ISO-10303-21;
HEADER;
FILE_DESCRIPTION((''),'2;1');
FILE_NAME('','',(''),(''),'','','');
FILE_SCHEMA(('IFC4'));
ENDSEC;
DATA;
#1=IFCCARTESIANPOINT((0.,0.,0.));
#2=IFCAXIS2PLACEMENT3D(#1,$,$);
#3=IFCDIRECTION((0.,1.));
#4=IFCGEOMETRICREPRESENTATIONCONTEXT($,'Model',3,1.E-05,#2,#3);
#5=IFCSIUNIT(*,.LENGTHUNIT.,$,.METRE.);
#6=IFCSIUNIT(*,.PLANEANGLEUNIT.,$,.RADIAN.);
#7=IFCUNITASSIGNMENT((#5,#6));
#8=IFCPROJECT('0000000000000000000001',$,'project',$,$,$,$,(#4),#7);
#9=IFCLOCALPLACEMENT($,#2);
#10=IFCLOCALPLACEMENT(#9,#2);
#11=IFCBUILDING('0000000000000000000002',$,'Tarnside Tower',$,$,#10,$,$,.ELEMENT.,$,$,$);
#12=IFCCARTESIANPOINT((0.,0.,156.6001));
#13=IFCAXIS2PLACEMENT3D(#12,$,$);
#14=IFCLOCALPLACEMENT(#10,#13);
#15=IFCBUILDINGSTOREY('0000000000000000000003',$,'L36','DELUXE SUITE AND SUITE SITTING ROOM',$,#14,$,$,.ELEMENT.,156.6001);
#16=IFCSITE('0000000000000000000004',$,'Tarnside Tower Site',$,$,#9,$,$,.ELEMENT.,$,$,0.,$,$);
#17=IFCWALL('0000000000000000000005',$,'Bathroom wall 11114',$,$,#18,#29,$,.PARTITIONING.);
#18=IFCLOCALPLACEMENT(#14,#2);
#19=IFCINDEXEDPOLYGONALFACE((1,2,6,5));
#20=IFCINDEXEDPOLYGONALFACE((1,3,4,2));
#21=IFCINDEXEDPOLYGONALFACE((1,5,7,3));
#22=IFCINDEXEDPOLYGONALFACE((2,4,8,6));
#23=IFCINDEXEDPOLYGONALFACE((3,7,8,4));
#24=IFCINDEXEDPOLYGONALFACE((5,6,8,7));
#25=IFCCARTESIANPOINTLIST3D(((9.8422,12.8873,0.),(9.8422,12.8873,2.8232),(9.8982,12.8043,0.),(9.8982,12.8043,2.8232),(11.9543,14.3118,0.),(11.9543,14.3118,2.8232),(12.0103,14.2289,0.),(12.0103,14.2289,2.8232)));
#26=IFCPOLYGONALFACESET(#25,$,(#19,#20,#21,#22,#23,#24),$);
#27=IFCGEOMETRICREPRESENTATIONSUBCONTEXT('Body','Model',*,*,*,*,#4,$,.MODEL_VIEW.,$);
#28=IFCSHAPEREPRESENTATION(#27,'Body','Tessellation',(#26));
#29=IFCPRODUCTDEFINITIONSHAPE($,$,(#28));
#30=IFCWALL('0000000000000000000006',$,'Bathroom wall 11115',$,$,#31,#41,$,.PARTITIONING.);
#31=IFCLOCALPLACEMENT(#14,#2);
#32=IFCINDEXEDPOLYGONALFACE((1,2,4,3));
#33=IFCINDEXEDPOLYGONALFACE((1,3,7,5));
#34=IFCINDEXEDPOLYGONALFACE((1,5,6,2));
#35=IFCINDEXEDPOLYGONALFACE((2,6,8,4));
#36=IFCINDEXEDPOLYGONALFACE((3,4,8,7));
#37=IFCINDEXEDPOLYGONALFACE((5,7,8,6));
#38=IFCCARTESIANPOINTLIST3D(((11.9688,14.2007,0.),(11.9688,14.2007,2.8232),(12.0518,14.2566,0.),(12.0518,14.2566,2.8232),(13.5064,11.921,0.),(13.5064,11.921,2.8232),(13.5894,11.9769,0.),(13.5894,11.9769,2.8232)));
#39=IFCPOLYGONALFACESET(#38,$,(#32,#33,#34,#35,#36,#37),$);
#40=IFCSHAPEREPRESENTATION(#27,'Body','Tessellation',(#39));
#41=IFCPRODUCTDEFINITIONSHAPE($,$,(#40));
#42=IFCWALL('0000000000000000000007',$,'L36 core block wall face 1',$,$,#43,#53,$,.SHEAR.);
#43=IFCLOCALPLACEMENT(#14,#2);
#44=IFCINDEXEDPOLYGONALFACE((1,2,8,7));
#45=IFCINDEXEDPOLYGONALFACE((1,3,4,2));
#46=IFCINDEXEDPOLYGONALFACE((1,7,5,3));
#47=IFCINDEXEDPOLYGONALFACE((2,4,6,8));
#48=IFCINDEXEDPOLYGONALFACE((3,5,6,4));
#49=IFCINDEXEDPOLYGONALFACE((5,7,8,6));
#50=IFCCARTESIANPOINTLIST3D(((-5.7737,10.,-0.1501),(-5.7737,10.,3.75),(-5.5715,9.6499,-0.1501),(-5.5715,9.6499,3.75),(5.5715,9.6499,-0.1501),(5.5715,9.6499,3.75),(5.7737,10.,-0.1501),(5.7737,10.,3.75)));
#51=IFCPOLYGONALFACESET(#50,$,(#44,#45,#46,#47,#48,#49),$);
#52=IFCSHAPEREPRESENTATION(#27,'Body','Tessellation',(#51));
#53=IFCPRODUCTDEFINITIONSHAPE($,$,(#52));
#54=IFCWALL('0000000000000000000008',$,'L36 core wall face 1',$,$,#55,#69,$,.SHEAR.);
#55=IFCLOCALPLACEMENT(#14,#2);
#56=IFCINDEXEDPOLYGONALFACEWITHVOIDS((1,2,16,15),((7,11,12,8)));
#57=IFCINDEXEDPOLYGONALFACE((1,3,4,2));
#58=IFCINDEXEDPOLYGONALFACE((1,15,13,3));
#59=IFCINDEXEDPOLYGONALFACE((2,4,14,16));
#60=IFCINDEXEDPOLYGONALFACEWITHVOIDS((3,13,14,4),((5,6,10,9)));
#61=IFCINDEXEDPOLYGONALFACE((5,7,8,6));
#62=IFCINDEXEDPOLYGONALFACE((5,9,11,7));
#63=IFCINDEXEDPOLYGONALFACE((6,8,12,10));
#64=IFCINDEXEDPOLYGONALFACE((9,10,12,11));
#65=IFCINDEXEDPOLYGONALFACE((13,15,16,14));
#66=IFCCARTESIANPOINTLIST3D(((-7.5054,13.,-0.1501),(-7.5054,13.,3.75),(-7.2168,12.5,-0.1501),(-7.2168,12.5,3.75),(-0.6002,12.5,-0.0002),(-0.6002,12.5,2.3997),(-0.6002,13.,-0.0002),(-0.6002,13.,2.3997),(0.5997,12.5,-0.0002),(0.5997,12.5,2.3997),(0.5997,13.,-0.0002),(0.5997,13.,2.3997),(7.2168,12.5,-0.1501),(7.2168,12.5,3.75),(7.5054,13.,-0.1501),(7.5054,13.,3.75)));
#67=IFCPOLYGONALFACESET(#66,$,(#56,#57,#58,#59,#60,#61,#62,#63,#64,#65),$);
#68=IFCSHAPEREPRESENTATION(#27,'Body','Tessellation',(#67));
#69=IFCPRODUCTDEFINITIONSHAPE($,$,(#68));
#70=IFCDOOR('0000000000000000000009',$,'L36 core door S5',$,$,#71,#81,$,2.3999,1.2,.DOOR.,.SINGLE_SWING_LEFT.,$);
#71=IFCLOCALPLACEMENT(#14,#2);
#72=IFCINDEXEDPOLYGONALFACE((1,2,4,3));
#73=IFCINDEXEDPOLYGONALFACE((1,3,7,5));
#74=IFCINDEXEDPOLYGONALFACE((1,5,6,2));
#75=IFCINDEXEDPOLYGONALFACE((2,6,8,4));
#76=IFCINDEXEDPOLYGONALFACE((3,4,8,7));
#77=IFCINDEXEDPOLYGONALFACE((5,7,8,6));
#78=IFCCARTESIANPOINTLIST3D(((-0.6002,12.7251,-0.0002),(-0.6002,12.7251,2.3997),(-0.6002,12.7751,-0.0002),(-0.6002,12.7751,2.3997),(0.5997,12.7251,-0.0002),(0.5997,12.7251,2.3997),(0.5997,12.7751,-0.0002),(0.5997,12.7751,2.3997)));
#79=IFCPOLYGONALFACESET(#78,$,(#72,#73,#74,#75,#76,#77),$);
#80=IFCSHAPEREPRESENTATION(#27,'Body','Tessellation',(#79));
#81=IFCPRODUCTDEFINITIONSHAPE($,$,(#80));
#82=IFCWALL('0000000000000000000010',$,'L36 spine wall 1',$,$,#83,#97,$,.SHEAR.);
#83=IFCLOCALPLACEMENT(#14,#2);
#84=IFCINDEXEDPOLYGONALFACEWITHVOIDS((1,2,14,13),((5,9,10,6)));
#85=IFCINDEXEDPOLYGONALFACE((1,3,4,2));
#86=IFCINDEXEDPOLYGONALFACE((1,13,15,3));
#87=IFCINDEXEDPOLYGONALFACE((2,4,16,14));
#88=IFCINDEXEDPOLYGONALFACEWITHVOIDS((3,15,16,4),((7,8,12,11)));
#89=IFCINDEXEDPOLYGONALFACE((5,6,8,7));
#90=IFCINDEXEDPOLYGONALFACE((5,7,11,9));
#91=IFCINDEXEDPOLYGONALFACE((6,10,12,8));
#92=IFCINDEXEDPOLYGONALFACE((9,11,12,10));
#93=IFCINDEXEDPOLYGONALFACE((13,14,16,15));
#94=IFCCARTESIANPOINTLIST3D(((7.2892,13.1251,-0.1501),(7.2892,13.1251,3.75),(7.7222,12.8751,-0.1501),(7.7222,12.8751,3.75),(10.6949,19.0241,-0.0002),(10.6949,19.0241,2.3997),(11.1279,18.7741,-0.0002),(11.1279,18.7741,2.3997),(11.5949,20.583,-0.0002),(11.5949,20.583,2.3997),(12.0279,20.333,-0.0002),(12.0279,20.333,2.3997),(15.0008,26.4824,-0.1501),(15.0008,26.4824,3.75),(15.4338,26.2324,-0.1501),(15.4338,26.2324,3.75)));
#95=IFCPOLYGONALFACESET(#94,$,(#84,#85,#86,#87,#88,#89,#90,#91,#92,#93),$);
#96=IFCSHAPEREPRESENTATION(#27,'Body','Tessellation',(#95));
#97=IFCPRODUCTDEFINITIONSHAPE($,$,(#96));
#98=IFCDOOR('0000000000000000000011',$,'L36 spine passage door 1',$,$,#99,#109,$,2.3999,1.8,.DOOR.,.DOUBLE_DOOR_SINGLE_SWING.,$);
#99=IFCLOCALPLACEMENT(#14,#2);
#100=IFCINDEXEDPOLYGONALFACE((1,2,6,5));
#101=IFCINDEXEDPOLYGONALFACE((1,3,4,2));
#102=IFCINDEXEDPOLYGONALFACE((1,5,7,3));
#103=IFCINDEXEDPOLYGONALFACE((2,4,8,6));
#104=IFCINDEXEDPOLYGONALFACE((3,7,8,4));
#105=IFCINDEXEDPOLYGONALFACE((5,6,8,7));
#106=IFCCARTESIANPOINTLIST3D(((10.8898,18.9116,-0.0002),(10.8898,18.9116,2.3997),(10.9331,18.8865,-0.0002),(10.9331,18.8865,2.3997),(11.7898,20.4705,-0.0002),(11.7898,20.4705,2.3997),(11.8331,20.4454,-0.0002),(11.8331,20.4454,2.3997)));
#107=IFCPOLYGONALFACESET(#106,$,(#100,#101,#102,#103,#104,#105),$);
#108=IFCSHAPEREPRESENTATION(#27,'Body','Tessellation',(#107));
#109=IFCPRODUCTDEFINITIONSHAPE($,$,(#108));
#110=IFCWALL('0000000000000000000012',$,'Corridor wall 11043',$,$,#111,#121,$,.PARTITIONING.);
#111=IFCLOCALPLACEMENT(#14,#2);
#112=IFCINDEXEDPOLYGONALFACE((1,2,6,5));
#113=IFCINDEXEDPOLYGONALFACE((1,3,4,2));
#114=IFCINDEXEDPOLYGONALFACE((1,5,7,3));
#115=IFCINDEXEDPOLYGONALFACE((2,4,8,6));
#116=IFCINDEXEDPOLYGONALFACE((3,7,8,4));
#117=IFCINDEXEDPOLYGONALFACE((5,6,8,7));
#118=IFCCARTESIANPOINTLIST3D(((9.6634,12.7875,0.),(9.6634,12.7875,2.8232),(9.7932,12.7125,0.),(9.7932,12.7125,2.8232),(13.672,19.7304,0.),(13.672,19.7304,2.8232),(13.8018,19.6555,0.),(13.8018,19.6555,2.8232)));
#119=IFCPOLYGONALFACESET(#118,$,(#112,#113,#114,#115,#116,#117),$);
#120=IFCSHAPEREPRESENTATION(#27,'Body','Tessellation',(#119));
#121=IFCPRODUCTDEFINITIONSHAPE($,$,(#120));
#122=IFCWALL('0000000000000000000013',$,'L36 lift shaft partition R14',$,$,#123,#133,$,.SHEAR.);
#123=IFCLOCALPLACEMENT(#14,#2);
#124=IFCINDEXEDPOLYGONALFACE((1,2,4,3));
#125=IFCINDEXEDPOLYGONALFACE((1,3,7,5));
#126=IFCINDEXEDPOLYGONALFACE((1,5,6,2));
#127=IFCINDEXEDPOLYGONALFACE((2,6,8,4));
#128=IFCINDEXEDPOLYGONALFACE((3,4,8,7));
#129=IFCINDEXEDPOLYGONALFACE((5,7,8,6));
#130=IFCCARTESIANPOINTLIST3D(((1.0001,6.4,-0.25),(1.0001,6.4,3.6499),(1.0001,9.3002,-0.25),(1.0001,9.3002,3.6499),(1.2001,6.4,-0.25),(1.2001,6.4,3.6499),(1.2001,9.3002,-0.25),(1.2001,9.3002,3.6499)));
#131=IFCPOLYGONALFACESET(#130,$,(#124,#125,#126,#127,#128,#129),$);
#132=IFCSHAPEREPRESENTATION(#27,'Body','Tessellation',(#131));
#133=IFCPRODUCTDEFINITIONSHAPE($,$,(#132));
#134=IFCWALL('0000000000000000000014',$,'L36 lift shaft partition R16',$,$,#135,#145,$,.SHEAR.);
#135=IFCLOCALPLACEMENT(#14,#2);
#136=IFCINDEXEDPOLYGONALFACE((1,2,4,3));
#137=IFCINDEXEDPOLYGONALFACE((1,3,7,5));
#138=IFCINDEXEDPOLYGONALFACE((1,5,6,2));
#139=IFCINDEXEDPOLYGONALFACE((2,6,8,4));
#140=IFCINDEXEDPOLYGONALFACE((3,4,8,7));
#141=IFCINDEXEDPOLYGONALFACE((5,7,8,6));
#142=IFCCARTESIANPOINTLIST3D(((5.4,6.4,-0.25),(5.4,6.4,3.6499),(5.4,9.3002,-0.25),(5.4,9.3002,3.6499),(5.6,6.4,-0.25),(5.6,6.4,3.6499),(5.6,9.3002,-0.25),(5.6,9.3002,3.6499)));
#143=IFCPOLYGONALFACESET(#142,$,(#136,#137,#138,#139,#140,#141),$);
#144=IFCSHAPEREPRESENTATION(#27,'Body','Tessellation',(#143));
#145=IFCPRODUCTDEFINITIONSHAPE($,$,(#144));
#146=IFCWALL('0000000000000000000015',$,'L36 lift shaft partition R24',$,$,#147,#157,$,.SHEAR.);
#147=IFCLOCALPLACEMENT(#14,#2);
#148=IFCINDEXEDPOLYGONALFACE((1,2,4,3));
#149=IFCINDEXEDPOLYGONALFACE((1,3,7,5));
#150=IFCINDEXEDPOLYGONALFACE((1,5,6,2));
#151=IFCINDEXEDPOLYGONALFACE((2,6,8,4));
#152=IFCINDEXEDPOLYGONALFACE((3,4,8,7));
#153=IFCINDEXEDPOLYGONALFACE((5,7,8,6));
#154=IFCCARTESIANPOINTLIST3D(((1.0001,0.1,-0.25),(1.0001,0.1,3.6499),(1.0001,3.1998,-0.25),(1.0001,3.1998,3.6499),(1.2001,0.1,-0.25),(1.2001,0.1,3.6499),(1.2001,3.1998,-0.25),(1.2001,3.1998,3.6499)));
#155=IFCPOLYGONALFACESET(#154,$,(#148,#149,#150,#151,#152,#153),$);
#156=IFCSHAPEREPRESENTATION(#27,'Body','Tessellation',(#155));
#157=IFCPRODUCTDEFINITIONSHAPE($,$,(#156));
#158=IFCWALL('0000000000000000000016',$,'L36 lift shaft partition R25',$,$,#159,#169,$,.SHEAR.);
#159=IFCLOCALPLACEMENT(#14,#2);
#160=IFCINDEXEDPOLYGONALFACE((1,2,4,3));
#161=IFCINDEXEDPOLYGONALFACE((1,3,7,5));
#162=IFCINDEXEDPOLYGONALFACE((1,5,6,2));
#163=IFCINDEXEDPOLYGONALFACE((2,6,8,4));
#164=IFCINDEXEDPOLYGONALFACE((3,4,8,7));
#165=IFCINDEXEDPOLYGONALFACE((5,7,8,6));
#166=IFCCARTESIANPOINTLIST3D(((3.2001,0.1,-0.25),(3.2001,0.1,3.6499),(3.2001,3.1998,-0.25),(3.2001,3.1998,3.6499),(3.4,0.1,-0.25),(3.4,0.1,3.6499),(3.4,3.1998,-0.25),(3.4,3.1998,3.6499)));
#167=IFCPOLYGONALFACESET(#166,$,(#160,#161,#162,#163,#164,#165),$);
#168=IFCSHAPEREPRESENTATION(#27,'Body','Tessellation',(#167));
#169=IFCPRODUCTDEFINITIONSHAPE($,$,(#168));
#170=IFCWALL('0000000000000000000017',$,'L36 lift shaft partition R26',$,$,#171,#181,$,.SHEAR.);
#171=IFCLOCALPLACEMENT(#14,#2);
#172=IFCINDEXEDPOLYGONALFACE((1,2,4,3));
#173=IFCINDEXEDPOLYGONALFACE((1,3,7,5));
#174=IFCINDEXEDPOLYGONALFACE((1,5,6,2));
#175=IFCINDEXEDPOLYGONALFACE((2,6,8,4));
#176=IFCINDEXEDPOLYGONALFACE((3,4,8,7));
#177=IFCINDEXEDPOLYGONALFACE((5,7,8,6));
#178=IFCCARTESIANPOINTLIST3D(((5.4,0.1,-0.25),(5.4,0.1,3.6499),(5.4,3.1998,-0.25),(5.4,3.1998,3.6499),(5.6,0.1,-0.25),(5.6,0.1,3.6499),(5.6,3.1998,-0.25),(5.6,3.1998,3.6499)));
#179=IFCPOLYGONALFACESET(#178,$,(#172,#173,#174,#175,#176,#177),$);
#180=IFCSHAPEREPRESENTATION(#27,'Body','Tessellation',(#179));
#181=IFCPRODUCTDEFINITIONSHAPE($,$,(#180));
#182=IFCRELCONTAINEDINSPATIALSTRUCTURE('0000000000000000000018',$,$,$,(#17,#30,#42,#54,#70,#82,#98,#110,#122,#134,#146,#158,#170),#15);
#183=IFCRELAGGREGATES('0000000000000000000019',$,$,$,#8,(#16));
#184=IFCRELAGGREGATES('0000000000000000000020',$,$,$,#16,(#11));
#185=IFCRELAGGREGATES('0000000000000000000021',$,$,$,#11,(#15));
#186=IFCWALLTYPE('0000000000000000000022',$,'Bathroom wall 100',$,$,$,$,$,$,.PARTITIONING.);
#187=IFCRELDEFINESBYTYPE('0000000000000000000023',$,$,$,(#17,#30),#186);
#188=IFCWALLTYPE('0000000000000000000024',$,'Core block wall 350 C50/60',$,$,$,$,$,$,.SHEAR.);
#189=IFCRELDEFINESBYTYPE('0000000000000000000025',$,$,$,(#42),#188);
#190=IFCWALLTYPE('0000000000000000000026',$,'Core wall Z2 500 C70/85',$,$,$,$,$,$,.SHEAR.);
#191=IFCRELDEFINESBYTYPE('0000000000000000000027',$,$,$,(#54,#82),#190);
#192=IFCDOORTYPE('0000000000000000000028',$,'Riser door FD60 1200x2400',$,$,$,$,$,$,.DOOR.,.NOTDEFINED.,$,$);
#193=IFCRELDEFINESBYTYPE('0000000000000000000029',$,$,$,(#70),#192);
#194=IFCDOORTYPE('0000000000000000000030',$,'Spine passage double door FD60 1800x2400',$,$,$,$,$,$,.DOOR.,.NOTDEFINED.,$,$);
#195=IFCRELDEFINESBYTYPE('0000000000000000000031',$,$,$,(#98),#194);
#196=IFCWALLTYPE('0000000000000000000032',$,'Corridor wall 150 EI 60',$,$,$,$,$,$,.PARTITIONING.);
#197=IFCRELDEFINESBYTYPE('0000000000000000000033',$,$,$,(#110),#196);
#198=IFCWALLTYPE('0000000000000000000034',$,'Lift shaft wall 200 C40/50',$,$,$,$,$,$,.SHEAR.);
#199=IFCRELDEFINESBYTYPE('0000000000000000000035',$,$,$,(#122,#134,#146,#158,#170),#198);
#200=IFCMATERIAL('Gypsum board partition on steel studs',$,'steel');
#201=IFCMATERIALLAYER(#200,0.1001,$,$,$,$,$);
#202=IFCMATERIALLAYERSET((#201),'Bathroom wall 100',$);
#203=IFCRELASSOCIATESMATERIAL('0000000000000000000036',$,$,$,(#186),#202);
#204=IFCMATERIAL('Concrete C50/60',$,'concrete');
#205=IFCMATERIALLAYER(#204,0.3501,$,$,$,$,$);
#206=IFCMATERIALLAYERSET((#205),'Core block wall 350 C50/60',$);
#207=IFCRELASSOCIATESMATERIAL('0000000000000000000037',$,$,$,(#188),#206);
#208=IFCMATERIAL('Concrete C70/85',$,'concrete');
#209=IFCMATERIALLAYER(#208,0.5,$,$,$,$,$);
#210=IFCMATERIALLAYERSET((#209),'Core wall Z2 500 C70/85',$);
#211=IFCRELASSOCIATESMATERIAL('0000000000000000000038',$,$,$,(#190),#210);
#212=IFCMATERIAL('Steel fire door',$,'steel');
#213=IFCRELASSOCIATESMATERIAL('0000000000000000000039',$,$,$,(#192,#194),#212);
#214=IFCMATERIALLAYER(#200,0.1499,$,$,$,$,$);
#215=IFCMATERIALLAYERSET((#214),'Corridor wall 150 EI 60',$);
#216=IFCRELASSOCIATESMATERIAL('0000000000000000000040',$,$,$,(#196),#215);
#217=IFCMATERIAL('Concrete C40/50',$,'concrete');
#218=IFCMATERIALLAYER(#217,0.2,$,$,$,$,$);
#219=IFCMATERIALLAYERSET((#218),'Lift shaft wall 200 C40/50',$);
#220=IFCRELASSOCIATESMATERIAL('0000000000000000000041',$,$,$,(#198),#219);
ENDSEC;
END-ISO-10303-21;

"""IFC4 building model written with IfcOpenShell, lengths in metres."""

from ifc_helpers import new_model, si_unit, direction, frame, frame_2d, origin, place, context, subcontext, project, spatial, polyline, rectangle, outline, extrude, material, layer, layer_set, type_object, element, fill, save


model = new_model("IFC4")

# Units and contexts
model_context = context("Model", 3, precision=1e-05, world=origin(), true_north=direction((0.0, 1.0)))
body_context = subcontext(model_context, "Body", "Model", "MODEL_VIEW")
ifc_project = project(units=[si_unit("LENGTHUNIT", "METRE"), si_unit("PLANEANGLEUNIT", "RADIAN")], contexts=[model_context])

# Site, building, storey
site_placement = place(None, origin())
site = spatial("IfcSite", under=ifc_project, at=site_placement, Name="Tarnside Tower Site", CompositionType="ELEMENT", RefElevation=0.0)
building_placement = place(site_placement, origin())
building = spatial("IfcBuilding", under=site, at=building_placement, Name="Tarnside Tower", CompositionType="ELEMENT")
storey_placement = place(building_placement, frame((0.0, 0.0, 156.6001)))
storey = spatial("IfcBuildingStorey", under=building, at=storey_placement, Name="L36", Description="DELUXE SUITE AND SUITE SITTING ROOM", CompositionType="ELEMENT", Elevation=156.6001)

# Walls
ifc_material_1 = material(Name="Gypsum board partition on steel studs", Category="steel")
ifc_layer_1 = layer(ifc_material_1, 0.1001)
ifc_layer_set_1 = layer_set([ifc_layer_1], Name="Bathroom wall 100")
wall_type_1 = type_object("IfcWallType", Name="Bathroom wall 100", PredefinedType="PARTITIONING", material=ifc_layer_set_1)
wall_1_placement = place(storey_placement, frame((9.8701, 12.8457, 0.0), z_axis=(0.0, 0.0, 1.0), x_axis=(0.829045, 0.559181, 0.0)))
element("IfcWall", 1, at=wall_1_placement, inside=storey, type_object=wall_type_1, Name="Bathroom wall 11114", PredefinedType="PARTITIONING", context=body_context, shape_type="SweptSolid", body=[
    extrude(rectangle(XDim=2.5476, YDim=0.1001, at=frame_2d((1.2739, 0.0))), origin(), (0.0, 0.0, 1.0), 2.8232),
])
wall_2_placement = place(storey_placement, frame((12.0103, 14.2288, 0.0), z_axis=(0.0, 0.0, 1.0), x_axis=(0.559159, -0.829061, 0.0)))
element("IfcWall", 2, at=wall_2_placement, inside=storey, type_object=wall_type_1, Name="Bathroom wall 11115", PredefinedType="PARTITIONING", context=body_context, shape_type="SweptSolid", body=[
    extrude(rectangle(XDim=2.7498, YDim=0.1001, at=frame_2d((1.375, 0.0))), origin(), (0.0, 0.0, 1.0), 2.8232),
])
ifc_material_2 = material(Name="Concrete C50/60", Category="concrete")
ifc_layer_2 = layer(ifc_material_2, 0.3501)
ifc_layer_set_2 = layer_set([ifc_layer_2], Name="Core block wall 350 C50/60")
wall_type_2 = type_object("IfcWallType", Name="Core block wall 350 C50/60", PredefinedType="SHEAR", material=ifc_layer_set_2)
wall_3_placement = place(storey_placement, frame((5.6726, 9.825, -0.1501), z_axis=(0.0, 0.0, 1.0), x_axis=(-1.0, 0.0, 0.0)))
element("IfcWall", 3, at=wall_3_placement, inside=storey, type_object=wall_type_2, Name="L36 core block wall face 1", PredefinedType="SHEAR", context=body_context, shape_type="SweptSolid", body=[
    extrude(outline(polyline([(-0.1011, -0.175), (11.4463, -0.175), (11.2441, 0.175), (0.1011, 0.175), (-0.1011, -0.175)])), origin(), (0.0, 0.0, 1.0), 3.9001),
])

# Walls, openings, doors
ifc_material_3 = material(Name="Concrete C70/85", Category="concrete")
ifc_layer_3 = layer(ifc_material_3, 0.5)
ifc_layer_set_3 = layer_set([ifc_layer_3], Name="Core wall Z2 500 C70/85")
wall_type_3 = type_object("IfcWallType", Name="Core wall Z2 500 C70/85", PredefinedType="SHEAR", material=ifc_layer_set_3)
wall_4_placement = place(storey_placement, frame((7.3611, 12.75, -0.1501), z_axis=(0.0, 0.0, 1.0), x_axis=(-1.0, 0.0, 0.0)))
wall_4 = element("IfcWall", 4, at=wall_4_placement, inside=storey, type_object=wall_type_3, Name="L36 core wall face 1", PredefinedType="SHEAR", context=body_context, shape_type="SweptSolid", body=[
    extrude(outline(polyline([(-0.1443, -0.25), (14.8665, -0.25), (14.5779, 0.25), (0.1443, 0.25), (-0.1443, -0.25)])), origin(), (0.0, 0.0, 1.0), 3.9001),
])
opening_1_placement = place(wall_4_placement, frame((6.7612, 0.0, 0.1499)))
opening_1 = element("IfcOpeningElement", 5, at=opening_1_placement, cuts=wall_4, PredefinedType="OPENING", context=body_context, shape_type="SweptSolid", body=[
    extrude(rectangle(XDim=1.2, YDim=2.3999, at=frame_2d((0.6001, 1.2))), frame((0.0, 0.26, 0.0), z_axis=(0.0, -1.0, 0.0), x_axis=(1.0, 0.0, 0.0)), (0.0, 0.0, 1.0), 0.52),
])
ifc_material_4 = material(Name="Steel fire door", Category="steel")
door_type_1 = type_object("IfcDoorType", Name="Riser door FD60 1200x2400", OperationType="NOTDEFINED", PredefinedType="DOOR", material=ifc_material_4)
door_1_placement = place(opening_1_placement, origin())
door_1 = element("IfcDoor", 6, at=door_1_placement, inside=storey, type_object=door_type_1, Name="L36 core door S5", OperationType="SINGLE_SWING_LEFT", OverallHeight=2.3999, OverallWidth=1.2, PredefinedType="DOOR", context=body_context, shape_type="SweptSolid", body=[
    extrude(rectangle(XDim=1.2, YDim=2.3999, at=frame_2d((0.6001, 1.2))), frame((0.0, 0.0249, 0.0), z_axis=(0.0, -1.0, 0.0), x_axis=(1.0, 0.0, 0.0)), (0.0, 0.0, 1.0), 0.05),
])
fill(opening_1, door_1)
wall_5_placement = place(storey_placement, frame((7.5056, 13.0, -0.1501), z_axis=(0.0, 0.0, 1.0), x_axis=(0.499988, 0.866032, 0.0)))
wall_5 = element("IfcWall", 7, at=wall_5_placement, inside=storey, type_object=wall_type_3, Name="L36 spine wall 1", PredefinedType="SHEAR", context=body_context, shape_type="SweptSolid", body=[
    extrude(rectangle(XDim=15.4236, YDim=0.5, at=frame_2d((7.7119, 0.0))), origin(), (0.0, 0.0, 1.0), 3.9001),
])
opening_2_placement = place(wall_5_placement, frame((6.8118, 0.0, 0.1499)))
opening_2 = element("IfcOpeningElement", 8, at=opening_2_placement, cuts=wall_5, PredefinedType="OPENING", context=body_context, shape_type="SweptSolid", body=[
    extrude(rectangle(XDim=1.8, YDim=2.3999, at=frame_2d((0.8999, 1.2))), frame((0.0, 0.26, 0.0), z_axis=(0.0, -1.0, 0.0), x_axis=(1.0, 0.0, 0.0)), (0.0, 0.0, 1.0), 0.52),
])
door_type_2 = type_object("IfcDoorType", Name="Spine passage double door FD60 1800x2400", OperationType="NOTDEFINED", PredefinedType="DOOR", material=ifc_material_4)
door_2_placement = place(opening_2_placement, origin())
door_2 = element("IfcDoor", 9, at=door_2_placement, inside=storey, type_object=door_type_2, Name="L36 spine passage door 1", OperationType="DOUBLE_DOOR_SINGLE_SWING", OverallHeight=2.3999, OverallWidth=1.8, PredefinedType="DOOR", context=body_context, shape_type="SweptSolid", body=[
    extrude(rectangle(XDim=1.8, YDim=2.3999, at=frame_2d((0.8999, 1.2))), frame((0.0, 0.0249, 0.0), z_axis=(0.0, -1.0, 0.0), x_axis=(1.0, 0.0, 0.0)), (0.0, 0.0, 1.0), 0.05),
])
fill(opening_2, door_2)

# Walls
ifc_layer_4 = layer(ifc_material_1, 0.1499)
ifc_layer_set_4 = layer_set([ifc_layer_4], Name="Corridor wall 150 EI 60")
wall_type_4 = type_object("IfcWallType", Name="Corridor wall 150 EI 60", PredefinedType="PARTITIONING", material=ifc_layer_set_4)
wall_6_placement = place(storey_placement, frame((9.7283, 12.75, 0.0), z_axis=(0.0, 0.0, 1.0), x_axis=(0.500007, 0.866021, 0.0)))
element("IfcWall", 10, at=wall_6_placement, inside=storey, type_object=wall_type_4, Name="Corridor wall 11043", PredefinedType="PARTITIONING", context=body_context, shape_type="SweptSolid", body=[
    extrude(rectangle(XDim=8.0171, YDim=0.1499, at=frame_2d((4.0085, 0.0))), origin(), (0.0, 0.0, 1.0), 2.8232),
])
ifc_material_5 = material(Name="Concrete C40/50", Category="concrete")
ifc_layer_5 = layer(ifc_material_5, 0.2)
ifc_layer_set_5 = layer_set([ifc_layer_5], Name="Lift shaft wall 200 C40/50")
wall_type_5 = type_object("IfcWallType", Name="Lift shaft wall 200 C40/50", PredefinedType="SHEAR", material=ifc_layer_set_5)
for number, where, z_axis, x_axis, name in (
    (11, (1.1001, 6.3999, -0.25), (0.0, 0.0, 1.0), (0.0, 1.0, 0.0), "L36 lift shaft partition R14"),
    (12, (5.5, 6.3999, -0.25), (0.0, 0.0, 1.0), (0.0, 1.0, 0.0), "L36 lift shaft partition R16"),
):
    element("IfcWall", number, at=place(storey_placement, frame(where, z_axis=z_axis, x_axis=x_axis)), inside=storey, type_object=wall_type_5, Name=name, PredefinedType="SHEAR", context=body_context, shape_type="SweptSolid", body=[
        extrude(rectangle(XDim=2.9001, YDim=0.2, at=frame_2d((1.4502, 0.0))), origin(), (0.0, 0.0, 1.0), 3.8999),
    ])
for number, where, z_axis, x_axis, name in (
    (13, (1.1001, 0.1001, -0.25), (0.0, 0.0, 1.0), (0.0, 1.0, 0.0), "L36 lift shaft partition R24"),
    (14, (3.3, 0.1001, -0.25), (0.0, 0.0, 1.0), (0.0, 1.0, 0.0), "L36 lift shaft partition R25"),
    (15, (5.5, 0.1001, -0.25), (0.0, 0.0, 1.0), (0.0, 1.0, 0.0), "L36 lift shaft partition R26"),
):
    element("IfcWall", number, at=place(storey_placement, frame(where, z_axis=z_axis, x_axis=x_axis)), inside=storey, type_object=wall_type_5, Name=name, PredefinedType="SHEAR", context=body_context, shape_type="SweptSolid", body=[
        extrude(rectangle(XDim=3.0999, YDim=0.2, at=frame_2d((1.5498, 0.0))), origin(), (0.0, 0.0, 1.0), 3.8999),
    ])

save(model, "model.ifc")
